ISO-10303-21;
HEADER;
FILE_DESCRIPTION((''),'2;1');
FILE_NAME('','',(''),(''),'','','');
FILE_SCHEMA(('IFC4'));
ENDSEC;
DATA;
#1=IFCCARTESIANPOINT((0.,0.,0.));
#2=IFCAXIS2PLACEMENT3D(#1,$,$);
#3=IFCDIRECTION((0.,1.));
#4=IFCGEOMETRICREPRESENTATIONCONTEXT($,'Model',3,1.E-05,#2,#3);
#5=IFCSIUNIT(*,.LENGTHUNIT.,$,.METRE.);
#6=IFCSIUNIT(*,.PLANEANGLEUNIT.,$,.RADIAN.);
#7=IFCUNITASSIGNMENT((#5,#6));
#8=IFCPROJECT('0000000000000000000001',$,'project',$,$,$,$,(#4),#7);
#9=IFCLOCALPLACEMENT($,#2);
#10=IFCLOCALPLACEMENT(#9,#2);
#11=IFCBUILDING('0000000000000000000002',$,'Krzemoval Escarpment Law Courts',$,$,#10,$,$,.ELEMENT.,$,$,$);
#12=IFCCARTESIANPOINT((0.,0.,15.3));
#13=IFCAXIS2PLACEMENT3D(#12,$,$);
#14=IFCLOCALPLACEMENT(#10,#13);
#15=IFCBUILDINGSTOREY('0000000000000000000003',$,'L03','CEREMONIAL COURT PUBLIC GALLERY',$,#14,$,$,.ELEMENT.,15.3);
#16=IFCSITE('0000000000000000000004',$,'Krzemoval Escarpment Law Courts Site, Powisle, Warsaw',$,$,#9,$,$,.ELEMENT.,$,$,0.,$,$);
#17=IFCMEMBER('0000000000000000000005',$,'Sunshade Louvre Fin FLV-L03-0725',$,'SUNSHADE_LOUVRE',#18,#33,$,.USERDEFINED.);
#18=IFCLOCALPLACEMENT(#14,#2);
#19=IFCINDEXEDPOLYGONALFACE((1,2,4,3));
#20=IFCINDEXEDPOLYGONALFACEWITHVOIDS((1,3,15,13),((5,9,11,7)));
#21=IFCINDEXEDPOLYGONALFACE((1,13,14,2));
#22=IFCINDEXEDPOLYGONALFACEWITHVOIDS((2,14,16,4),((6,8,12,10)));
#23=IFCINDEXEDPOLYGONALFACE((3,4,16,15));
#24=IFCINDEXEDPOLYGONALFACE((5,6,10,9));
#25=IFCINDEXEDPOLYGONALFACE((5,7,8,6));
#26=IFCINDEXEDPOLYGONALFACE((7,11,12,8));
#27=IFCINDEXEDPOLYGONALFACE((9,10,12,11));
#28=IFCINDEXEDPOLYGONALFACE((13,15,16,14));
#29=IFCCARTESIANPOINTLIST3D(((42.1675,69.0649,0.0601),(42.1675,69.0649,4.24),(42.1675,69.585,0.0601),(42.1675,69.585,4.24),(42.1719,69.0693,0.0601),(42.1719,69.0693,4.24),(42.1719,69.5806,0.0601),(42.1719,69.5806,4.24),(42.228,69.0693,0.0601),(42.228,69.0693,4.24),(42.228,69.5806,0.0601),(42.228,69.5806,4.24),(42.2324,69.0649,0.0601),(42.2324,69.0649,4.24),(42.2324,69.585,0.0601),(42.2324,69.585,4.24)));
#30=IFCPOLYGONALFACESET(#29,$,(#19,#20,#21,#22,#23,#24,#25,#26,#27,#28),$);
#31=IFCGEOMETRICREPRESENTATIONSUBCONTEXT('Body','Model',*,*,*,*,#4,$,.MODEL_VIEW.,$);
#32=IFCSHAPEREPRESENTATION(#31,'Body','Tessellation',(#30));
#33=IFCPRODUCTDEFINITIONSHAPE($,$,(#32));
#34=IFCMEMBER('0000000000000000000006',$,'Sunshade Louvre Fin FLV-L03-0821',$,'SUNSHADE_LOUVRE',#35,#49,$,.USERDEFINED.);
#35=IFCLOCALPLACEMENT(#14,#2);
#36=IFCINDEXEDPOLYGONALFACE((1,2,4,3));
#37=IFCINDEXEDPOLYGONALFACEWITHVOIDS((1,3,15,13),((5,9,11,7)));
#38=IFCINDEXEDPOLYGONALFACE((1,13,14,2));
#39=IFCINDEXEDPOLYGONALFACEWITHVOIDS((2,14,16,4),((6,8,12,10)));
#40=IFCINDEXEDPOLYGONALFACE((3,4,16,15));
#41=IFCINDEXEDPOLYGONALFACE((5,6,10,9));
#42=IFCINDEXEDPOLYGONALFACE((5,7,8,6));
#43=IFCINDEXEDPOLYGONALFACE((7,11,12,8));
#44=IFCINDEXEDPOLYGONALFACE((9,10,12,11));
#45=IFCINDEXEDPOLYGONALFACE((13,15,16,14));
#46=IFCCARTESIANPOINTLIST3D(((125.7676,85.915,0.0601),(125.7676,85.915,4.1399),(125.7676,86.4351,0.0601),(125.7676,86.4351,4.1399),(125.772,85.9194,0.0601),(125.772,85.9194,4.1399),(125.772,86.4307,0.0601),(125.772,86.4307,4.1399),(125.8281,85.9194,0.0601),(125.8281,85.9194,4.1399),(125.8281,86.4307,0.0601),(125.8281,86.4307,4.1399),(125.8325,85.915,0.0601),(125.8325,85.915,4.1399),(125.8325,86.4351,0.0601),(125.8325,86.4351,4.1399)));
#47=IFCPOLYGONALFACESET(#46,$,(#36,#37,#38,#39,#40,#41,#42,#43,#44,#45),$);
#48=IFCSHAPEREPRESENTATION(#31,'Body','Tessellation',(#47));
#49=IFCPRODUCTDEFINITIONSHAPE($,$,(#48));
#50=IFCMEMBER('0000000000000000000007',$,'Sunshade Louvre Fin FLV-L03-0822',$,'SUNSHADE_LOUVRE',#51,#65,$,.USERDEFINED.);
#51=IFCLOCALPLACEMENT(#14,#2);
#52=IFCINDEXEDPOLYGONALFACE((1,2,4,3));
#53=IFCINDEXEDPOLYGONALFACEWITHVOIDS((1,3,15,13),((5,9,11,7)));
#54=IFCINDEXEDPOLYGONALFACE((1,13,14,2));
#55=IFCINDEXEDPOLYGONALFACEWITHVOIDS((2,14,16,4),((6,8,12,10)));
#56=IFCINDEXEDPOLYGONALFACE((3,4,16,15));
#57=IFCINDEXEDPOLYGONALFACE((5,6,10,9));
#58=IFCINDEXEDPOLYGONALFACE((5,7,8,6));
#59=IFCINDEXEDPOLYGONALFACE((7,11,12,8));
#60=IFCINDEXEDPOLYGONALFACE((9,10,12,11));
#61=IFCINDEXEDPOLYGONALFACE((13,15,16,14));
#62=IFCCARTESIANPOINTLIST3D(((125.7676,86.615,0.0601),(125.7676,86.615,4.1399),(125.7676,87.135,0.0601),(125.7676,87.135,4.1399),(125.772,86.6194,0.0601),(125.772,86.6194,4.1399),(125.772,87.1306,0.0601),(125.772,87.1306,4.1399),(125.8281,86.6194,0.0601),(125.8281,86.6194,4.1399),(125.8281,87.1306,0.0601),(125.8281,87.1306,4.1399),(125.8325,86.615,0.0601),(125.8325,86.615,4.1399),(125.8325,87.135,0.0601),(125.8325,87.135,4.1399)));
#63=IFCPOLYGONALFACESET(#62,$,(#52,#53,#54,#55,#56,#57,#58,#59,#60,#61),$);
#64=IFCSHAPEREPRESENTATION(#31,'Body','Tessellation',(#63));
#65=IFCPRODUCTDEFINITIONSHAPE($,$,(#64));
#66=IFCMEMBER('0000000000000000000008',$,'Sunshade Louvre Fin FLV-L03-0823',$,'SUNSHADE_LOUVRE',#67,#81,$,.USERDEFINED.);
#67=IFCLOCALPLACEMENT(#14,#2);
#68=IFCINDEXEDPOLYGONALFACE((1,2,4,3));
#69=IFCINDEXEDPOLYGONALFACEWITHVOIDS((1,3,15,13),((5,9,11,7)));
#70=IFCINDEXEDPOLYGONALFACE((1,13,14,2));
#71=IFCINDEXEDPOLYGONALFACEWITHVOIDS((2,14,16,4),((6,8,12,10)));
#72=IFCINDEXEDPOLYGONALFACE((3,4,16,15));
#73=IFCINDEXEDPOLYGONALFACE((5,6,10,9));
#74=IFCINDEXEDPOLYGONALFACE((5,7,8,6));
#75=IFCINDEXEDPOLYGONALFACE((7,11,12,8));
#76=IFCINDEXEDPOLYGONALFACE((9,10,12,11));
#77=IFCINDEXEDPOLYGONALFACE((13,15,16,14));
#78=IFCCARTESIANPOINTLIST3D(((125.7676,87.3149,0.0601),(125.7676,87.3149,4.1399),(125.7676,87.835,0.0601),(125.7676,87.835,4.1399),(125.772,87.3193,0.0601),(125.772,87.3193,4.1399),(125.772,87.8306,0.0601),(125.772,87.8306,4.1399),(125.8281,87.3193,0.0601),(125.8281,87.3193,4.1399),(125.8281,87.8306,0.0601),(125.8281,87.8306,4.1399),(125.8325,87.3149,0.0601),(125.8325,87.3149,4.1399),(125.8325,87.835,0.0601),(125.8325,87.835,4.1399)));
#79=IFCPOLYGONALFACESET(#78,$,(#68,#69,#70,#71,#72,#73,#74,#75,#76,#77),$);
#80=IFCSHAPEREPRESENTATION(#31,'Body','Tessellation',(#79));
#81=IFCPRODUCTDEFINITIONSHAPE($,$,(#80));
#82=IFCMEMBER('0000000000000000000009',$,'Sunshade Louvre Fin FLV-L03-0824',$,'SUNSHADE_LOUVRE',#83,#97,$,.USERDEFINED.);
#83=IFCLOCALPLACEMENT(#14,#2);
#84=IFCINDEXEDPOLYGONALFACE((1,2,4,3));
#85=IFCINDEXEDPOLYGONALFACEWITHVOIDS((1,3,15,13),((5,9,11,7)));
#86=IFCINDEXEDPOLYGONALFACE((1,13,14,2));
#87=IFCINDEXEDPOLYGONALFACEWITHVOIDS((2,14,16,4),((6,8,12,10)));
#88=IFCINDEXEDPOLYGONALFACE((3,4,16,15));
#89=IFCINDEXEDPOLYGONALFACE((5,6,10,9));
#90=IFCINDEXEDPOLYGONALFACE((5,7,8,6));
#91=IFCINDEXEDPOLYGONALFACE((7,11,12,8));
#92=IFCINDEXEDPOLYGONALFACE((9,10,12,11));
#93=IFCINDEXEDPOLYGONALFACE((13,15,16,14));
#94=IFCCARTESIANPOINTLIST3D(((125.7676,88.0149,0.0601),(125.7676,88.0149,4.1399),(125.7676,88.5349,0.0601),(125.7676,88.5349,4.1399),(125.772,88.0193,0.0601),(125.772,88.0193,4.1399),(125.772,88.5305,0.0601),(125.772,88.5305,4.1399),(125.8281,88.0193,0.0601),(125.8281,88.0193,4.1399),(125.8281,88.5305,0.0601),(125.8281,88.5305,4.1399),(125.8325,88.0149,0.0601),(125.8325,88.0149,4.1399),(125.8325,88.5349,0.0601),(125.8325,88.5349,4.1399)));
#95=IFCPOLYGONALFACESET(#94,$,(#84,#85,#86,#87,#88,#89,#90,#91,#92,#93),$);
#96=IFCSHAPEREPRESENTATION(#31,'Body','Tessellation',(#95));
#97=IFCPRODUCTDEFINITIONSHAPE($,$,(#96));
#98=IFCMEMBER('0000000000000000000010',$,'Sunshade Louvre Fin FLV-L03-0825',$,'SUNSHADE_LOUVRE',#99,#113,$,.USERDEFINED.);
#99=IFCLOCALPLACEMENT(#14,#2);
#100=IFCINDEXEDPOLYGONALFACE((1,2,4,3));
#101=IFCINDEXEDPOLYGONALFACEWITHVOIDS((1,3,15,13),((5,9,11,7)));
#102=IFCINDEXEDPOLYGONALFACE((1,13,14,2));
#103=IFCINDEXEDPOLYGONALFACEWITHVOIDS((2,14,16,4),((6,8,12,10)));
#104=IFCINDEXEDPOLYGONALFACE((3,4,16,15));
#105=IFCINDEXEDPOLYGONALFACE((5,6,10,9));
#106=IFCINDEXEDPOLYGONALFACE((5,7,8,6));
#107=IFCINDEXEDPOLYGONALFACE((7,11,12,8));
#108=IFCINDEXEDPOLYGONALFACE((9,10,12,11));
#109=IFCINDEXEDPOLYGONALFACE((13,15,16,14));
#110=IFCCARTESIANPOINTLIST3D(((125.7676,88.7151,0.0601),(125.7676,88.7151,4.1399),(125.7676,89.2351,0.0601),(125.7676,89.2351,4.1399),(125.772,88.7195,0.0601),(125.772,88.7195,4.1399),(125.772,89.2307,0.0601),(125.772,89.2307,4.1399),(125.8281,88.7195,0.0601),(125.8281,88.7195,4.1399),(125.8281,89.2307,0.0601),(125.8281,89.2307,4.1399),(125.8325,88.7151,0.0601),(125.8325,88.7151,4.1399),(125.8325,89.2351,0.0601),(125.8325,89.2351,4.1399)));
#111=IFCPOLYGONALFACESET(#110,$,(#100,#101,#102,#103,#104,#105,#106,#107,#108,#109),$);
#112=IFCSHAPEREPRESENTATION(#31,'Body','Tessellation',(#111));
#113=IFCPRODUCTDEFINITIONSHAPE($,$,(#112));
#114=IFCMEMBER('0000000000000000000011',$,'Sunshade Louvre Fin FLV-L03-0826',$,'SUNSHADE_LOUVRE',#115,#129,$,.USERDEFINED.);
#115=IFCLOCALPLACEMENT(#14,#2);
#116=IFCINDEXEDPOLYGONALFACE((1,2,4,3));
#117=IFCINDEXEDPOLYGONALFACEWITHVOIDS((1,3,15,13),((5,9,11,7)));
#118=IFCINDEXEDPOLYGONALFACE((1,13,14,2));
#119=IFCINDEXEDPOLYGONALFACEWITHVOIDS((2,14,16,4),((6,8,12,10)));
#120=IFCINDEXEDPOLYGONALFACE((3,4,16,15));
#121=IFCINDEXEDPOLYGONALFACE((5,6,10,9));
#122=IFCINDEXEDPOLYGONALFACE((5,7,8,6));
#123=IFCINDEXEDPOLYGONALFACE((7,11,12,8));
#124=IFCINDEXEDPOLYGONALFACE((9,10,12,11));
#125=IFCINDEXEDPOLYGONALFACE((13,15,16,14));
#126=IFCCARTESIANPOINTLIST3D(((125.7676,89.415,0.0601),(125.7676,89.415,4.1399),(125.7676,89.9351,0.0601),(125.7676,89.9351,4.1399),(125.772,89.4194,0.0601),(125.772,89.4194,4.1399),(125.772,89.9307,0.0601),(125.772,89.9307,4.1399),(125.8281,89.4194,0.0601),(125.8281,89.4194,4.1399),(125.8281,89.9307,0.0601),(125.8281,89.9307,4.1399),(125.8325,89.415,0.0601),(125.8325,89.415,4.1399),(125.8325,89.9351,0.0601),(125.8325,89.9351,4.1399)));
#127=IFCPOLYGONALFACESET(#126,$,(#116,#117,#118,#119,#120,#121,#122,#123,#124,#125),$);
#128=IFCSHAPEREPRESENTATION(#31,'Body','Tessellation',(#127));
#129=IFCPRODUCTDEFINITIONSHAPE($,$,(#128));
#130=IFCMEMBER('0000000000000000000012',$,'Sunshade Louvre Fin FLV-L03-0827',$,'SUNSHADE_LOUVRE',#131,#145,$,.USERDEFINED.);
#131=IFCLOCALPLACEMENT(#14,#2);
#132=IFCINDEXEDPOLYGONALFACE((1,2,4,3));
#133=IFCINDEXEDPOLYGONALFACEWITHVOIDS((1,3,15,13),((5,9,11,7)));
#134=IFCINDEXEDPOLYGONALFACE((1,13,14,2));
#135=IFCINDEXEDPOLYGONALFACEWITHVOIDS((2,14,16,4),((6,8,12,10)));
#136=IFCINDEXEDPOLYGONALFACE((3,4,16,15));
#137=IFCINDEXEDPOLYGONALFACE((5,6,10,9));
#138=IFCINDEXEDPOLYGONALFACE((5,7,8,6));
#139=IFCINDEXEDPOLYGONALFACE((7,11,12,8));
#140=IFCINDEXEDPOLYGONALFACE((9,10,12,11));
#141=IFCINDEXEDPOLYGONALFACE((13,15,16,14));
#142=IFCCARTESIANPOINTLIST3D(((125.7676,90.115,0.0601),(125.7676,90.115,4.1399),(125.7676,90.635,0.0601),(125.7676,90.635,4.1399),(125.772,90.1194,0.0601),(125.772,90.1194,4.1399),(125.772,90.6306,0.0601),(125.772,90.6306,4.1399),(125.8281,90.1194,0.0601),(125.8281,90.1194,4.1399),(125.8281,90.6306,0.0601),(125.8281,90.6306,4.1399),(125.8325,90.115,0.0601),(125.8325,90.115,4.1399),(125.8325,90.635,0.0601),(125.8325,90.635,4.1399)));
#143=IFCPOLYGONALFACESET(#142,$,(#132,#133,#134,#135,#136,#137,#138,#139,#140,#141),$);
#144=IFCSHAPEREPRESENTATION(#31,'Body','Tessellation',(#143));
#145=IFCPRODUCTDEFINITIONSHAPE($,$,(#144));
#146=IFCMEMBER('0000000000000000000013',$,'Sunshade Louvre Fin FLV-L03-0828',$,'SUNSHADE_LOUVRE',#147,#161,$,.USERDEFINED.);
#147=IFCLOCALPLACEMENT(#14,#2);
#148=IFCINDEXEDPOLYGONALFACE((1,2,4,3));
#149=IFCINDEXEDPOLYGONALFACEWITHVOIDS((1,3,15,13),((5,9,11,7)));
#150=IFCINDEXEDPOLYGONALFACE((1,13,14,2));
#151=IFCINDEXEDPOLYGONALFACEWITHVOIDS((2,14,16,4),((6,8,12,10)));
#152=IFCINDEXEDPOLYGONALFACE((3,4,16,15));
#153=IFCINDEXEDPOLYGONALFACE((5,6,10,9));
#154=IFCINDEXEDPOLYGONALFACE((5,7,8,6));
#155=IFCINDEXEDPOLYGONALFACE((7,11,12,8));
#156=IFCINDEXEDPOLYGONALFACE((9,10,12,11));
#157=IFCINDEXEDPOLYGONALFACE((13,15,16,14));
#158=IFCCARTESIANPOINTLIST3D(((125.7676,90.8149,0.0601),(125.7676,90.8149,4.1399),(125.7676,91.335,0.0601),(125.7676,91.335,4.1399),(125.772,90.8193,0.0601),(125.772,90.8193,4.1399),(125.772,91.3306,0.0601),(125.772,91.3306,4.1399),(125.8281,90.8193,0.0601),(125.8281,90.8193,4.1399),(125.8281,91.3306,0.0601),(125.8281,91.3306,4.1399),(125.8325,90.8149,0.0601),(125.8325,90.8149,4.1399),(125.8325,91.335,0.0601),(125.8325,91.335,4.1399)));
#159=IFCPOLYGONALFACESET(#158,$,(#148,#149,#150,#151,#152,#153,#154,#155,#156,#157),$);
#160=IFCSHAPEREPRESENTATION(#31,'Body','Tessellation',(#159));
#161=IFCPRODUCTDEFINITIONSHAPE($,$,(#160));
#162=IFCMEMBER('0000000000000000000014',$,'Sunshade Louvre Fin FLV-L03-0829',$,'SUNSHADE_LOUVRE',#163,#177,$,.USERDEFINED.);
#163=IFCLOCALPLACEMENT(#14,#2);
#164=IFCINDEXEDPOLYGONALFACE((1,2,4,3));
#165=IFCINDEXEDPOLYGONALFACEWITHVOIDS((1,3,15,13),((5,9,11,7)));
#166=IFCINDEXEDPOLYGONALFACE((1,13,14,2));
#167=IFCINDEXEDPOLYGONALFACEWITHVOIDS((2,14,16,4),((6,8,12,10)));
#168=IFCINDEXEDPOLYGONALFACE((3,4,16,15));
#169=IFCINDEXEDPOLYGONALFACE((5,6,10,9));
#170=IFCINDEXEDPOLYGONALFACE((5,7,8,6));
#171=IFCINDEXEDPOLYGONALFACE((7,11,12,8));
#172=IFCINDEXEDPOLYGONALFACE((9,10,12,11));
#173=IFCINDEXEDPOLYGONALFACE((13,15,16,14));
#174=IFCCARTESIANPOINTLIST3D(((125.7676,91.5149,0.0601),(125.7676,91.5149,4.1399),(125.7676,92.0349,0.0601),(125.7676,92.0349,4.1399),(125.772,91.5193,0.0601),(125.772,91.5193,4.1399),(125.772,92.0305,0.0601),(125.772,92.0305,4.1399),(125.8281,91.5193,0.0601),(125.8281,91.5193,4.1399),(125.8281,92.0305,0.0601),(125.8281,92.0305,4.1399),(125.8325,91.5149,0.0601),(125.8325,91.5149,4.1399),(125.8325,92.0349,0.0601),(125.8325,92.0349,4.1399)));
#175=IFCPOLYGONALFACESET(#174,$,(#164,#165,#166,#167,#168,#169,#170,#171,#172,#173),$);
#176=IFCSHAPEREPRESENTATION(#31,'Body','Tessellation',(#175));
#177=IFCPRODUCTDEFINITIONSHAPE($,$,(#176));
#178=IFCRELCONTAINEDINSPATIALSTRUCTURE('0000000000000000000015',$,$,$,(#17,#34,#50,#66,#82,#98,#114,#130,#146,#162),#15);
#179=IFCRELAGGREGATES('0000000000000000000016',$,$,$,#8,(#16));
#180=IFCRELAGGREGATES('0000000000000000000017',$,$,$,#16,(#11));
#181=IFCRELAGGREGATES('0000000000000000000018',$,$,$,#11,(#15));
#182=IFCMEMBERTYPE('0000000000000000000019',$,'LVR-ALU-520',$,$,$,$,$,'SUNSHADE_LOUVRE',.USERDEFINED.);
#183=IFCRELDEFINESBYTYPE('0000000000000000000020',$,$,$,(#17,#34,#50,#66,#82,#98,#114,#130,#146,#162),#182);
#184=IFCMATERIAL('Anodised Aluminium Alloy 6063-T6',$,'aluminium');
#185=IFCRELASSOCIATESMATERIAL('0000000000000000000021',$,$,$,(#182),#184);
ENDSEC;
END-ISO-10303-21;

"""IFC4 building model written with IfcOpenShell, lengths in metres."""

from ifc_helpers import new_model, si_unit, direction, frame, origin, origin_2d, place, context, subcontext, project, spatial, hollow_rectangle, extrude, material, material_profile, profile_set, type_object, element, save


model = new_model("IFC4")

# Units and contexts
model_context = context("Model", 3, precision=1e-05, world=origin(), true_north=direction((0.0, 1.0)))
body_context = subcontext(model_context, "Body", "Model", "MODEL_VIEW")
ifc_project = project(units=[si_unit("LENGTHUNIT", "METRE"), si_unit("PLANEANGLEUNIT", "RADIAN")], contexts=[model_context])

# Site, building, storey
site_placement = place(None, origin())
site = spatial("IfcSite", under=ifc_project, at=site_placement, Name="Krzemoval Escarpment Law Courts Site, Powisle, Warsaw", CompositionType="ELEMENT", RefElevation=0.0)
building_placement = place(site_placement, origin())
building = spatial("IfcBuilding", under=site, at=building_placement, Name="Krzemoval Escarpment Law Courts", CompositionType="ELEMENT")
storey_placement = place(building_placement, frame((0.0, 0.0, 15.3)))
storey = spatial("IfcBuildingStorey", under=building, at=storey_placement, Name="L03", Description="CEREMONIAL COURT PUBLIC GALLERY", CompositionType="ELEMENT", Elevation=15.3)

# Members
ifc_material_1 = material(Name="Anodised Aluminium Alloy 6063-T6", Category="aluminium")
ifc_material_profile_1 = material_profile(ifc_material_1, hollow_rectangle(XDim=0.0649, YDim=0.52, WallThickness=0.0044, at=origin_2d()), Name="ALU LVR 65x520")
ifc_profile_set_1 = profile_set([ifc_material_profile_1], Name="Anodised Aluminium Alloy 6063-T6")
member_type_1 = type_object("IfcMemberType", Name="LVR-ALU-520", ElementType="SUNSHADE_LOUVRE", PredefinedType="USERDEFINED", material=ifc_profile_set_1)
for number, where, z_axis, x_axis, name in (
    (1, (42.2, 69.325, 0.0601), (0.0, 0.0, 1.0), (1.0, 0.0, 0.0), "Sunshade Louvre Fin FLV-L03-0725"),
):
    element("IfcMember", number, at=place(storey_placement, frame(where, z_axis=z_axis, x_axis=x_axis)), inside=storey, type_object=member_type_1, Name=name, ObjectType="SUNSHADE_LOUVRE", PredefinedType="USERDEFINED", context=body_context, shape_type="SweptSolid", body=[
        extrude(hollow_rectangle(XDim=0.0649, YDim=0.52, WallThickness=0.0044, at=origin_2d()), origin(), (0.0, 0.0, 1.0), 4.1799),
    ])
for number, where, z_axis, x_axis, name in (
    (2, (125.8, 86.175, 0.0601), (0.0, 0.0, 1.0), (1.0, 0.0, 0.0), "Sunshade Louvre Fin FLV-L03-0821"),
    (3, (125.8, 86.875, 0.0601), (0.0, 0.0, 1.0), (1.0, 0.0, 0.0), "Sunshade Louvre Fin FLV-L03-0822"),
    (4, (125.8, 87.575, 0.0601), (0.0, 0.0, 1.0), (1.0, 0.0, 0.0), "Sunshade Louvre Fin FLV-L03-0823"),
    (5, (125.8, 88.2749, 0.0601), (0.0, 0.0, 1.0), (1.0, 0.0, 0.0), "Sunshade Louvre Fin FLV-L03-0824"),
    (6, (125.8, 88.9751, 0.0601), (0.0, 0.0, 1.0), (1.0, 0.0, 0.0), "Sunshade Louvre Fin FLV-L03-0825"),
    (7, (125.8, 89.675, 0.0601), (0.0, 0.0, 1.0), (1.0, 0.0, 0.0), "Sunshade Louvre Fin FLV-L03-0826"),
    (8, (125.8, 90.375, 0.0601), (0.0, 0.0, 1.0), (1.0, 0.0, 0.0), "Sunshade Louvre Fin FLV-L03-0827"),
    (9, (125.8, 91.075, 0.0601), (0.0, 0.0, 1.0), (1.0, 0.0, 0.0), "Sunshade Louvre Fin FLV-L03-0828"),
    (10, (125.8, 91.7749, 0.0601), (0.0, 0.0, 1.0), (1.0, 0.0, 0.0), "Sunshade Louvre Fin FLV-L03-0829"),
):
    element("IfcMember", number, at=place(storey_placement, frame(where, z_axis=z_axis, x_axis=x_axis)), inside=storey, type_object=member_type_1, Name=name, ObjectType="SUNSHADE_LOUVRE", PredefinedType="USERDEFINED", context=body_context, shape_type="SweptSolid", body=[
        extrude(hollow_rectangle(XDim=0.0649, YDim=0.52, WallThickness=0.0044, at=origin_2d()), origin(), (0.0, 0.0, 1.0), 4.0798),
    ])

save(model, "model.ifc")
